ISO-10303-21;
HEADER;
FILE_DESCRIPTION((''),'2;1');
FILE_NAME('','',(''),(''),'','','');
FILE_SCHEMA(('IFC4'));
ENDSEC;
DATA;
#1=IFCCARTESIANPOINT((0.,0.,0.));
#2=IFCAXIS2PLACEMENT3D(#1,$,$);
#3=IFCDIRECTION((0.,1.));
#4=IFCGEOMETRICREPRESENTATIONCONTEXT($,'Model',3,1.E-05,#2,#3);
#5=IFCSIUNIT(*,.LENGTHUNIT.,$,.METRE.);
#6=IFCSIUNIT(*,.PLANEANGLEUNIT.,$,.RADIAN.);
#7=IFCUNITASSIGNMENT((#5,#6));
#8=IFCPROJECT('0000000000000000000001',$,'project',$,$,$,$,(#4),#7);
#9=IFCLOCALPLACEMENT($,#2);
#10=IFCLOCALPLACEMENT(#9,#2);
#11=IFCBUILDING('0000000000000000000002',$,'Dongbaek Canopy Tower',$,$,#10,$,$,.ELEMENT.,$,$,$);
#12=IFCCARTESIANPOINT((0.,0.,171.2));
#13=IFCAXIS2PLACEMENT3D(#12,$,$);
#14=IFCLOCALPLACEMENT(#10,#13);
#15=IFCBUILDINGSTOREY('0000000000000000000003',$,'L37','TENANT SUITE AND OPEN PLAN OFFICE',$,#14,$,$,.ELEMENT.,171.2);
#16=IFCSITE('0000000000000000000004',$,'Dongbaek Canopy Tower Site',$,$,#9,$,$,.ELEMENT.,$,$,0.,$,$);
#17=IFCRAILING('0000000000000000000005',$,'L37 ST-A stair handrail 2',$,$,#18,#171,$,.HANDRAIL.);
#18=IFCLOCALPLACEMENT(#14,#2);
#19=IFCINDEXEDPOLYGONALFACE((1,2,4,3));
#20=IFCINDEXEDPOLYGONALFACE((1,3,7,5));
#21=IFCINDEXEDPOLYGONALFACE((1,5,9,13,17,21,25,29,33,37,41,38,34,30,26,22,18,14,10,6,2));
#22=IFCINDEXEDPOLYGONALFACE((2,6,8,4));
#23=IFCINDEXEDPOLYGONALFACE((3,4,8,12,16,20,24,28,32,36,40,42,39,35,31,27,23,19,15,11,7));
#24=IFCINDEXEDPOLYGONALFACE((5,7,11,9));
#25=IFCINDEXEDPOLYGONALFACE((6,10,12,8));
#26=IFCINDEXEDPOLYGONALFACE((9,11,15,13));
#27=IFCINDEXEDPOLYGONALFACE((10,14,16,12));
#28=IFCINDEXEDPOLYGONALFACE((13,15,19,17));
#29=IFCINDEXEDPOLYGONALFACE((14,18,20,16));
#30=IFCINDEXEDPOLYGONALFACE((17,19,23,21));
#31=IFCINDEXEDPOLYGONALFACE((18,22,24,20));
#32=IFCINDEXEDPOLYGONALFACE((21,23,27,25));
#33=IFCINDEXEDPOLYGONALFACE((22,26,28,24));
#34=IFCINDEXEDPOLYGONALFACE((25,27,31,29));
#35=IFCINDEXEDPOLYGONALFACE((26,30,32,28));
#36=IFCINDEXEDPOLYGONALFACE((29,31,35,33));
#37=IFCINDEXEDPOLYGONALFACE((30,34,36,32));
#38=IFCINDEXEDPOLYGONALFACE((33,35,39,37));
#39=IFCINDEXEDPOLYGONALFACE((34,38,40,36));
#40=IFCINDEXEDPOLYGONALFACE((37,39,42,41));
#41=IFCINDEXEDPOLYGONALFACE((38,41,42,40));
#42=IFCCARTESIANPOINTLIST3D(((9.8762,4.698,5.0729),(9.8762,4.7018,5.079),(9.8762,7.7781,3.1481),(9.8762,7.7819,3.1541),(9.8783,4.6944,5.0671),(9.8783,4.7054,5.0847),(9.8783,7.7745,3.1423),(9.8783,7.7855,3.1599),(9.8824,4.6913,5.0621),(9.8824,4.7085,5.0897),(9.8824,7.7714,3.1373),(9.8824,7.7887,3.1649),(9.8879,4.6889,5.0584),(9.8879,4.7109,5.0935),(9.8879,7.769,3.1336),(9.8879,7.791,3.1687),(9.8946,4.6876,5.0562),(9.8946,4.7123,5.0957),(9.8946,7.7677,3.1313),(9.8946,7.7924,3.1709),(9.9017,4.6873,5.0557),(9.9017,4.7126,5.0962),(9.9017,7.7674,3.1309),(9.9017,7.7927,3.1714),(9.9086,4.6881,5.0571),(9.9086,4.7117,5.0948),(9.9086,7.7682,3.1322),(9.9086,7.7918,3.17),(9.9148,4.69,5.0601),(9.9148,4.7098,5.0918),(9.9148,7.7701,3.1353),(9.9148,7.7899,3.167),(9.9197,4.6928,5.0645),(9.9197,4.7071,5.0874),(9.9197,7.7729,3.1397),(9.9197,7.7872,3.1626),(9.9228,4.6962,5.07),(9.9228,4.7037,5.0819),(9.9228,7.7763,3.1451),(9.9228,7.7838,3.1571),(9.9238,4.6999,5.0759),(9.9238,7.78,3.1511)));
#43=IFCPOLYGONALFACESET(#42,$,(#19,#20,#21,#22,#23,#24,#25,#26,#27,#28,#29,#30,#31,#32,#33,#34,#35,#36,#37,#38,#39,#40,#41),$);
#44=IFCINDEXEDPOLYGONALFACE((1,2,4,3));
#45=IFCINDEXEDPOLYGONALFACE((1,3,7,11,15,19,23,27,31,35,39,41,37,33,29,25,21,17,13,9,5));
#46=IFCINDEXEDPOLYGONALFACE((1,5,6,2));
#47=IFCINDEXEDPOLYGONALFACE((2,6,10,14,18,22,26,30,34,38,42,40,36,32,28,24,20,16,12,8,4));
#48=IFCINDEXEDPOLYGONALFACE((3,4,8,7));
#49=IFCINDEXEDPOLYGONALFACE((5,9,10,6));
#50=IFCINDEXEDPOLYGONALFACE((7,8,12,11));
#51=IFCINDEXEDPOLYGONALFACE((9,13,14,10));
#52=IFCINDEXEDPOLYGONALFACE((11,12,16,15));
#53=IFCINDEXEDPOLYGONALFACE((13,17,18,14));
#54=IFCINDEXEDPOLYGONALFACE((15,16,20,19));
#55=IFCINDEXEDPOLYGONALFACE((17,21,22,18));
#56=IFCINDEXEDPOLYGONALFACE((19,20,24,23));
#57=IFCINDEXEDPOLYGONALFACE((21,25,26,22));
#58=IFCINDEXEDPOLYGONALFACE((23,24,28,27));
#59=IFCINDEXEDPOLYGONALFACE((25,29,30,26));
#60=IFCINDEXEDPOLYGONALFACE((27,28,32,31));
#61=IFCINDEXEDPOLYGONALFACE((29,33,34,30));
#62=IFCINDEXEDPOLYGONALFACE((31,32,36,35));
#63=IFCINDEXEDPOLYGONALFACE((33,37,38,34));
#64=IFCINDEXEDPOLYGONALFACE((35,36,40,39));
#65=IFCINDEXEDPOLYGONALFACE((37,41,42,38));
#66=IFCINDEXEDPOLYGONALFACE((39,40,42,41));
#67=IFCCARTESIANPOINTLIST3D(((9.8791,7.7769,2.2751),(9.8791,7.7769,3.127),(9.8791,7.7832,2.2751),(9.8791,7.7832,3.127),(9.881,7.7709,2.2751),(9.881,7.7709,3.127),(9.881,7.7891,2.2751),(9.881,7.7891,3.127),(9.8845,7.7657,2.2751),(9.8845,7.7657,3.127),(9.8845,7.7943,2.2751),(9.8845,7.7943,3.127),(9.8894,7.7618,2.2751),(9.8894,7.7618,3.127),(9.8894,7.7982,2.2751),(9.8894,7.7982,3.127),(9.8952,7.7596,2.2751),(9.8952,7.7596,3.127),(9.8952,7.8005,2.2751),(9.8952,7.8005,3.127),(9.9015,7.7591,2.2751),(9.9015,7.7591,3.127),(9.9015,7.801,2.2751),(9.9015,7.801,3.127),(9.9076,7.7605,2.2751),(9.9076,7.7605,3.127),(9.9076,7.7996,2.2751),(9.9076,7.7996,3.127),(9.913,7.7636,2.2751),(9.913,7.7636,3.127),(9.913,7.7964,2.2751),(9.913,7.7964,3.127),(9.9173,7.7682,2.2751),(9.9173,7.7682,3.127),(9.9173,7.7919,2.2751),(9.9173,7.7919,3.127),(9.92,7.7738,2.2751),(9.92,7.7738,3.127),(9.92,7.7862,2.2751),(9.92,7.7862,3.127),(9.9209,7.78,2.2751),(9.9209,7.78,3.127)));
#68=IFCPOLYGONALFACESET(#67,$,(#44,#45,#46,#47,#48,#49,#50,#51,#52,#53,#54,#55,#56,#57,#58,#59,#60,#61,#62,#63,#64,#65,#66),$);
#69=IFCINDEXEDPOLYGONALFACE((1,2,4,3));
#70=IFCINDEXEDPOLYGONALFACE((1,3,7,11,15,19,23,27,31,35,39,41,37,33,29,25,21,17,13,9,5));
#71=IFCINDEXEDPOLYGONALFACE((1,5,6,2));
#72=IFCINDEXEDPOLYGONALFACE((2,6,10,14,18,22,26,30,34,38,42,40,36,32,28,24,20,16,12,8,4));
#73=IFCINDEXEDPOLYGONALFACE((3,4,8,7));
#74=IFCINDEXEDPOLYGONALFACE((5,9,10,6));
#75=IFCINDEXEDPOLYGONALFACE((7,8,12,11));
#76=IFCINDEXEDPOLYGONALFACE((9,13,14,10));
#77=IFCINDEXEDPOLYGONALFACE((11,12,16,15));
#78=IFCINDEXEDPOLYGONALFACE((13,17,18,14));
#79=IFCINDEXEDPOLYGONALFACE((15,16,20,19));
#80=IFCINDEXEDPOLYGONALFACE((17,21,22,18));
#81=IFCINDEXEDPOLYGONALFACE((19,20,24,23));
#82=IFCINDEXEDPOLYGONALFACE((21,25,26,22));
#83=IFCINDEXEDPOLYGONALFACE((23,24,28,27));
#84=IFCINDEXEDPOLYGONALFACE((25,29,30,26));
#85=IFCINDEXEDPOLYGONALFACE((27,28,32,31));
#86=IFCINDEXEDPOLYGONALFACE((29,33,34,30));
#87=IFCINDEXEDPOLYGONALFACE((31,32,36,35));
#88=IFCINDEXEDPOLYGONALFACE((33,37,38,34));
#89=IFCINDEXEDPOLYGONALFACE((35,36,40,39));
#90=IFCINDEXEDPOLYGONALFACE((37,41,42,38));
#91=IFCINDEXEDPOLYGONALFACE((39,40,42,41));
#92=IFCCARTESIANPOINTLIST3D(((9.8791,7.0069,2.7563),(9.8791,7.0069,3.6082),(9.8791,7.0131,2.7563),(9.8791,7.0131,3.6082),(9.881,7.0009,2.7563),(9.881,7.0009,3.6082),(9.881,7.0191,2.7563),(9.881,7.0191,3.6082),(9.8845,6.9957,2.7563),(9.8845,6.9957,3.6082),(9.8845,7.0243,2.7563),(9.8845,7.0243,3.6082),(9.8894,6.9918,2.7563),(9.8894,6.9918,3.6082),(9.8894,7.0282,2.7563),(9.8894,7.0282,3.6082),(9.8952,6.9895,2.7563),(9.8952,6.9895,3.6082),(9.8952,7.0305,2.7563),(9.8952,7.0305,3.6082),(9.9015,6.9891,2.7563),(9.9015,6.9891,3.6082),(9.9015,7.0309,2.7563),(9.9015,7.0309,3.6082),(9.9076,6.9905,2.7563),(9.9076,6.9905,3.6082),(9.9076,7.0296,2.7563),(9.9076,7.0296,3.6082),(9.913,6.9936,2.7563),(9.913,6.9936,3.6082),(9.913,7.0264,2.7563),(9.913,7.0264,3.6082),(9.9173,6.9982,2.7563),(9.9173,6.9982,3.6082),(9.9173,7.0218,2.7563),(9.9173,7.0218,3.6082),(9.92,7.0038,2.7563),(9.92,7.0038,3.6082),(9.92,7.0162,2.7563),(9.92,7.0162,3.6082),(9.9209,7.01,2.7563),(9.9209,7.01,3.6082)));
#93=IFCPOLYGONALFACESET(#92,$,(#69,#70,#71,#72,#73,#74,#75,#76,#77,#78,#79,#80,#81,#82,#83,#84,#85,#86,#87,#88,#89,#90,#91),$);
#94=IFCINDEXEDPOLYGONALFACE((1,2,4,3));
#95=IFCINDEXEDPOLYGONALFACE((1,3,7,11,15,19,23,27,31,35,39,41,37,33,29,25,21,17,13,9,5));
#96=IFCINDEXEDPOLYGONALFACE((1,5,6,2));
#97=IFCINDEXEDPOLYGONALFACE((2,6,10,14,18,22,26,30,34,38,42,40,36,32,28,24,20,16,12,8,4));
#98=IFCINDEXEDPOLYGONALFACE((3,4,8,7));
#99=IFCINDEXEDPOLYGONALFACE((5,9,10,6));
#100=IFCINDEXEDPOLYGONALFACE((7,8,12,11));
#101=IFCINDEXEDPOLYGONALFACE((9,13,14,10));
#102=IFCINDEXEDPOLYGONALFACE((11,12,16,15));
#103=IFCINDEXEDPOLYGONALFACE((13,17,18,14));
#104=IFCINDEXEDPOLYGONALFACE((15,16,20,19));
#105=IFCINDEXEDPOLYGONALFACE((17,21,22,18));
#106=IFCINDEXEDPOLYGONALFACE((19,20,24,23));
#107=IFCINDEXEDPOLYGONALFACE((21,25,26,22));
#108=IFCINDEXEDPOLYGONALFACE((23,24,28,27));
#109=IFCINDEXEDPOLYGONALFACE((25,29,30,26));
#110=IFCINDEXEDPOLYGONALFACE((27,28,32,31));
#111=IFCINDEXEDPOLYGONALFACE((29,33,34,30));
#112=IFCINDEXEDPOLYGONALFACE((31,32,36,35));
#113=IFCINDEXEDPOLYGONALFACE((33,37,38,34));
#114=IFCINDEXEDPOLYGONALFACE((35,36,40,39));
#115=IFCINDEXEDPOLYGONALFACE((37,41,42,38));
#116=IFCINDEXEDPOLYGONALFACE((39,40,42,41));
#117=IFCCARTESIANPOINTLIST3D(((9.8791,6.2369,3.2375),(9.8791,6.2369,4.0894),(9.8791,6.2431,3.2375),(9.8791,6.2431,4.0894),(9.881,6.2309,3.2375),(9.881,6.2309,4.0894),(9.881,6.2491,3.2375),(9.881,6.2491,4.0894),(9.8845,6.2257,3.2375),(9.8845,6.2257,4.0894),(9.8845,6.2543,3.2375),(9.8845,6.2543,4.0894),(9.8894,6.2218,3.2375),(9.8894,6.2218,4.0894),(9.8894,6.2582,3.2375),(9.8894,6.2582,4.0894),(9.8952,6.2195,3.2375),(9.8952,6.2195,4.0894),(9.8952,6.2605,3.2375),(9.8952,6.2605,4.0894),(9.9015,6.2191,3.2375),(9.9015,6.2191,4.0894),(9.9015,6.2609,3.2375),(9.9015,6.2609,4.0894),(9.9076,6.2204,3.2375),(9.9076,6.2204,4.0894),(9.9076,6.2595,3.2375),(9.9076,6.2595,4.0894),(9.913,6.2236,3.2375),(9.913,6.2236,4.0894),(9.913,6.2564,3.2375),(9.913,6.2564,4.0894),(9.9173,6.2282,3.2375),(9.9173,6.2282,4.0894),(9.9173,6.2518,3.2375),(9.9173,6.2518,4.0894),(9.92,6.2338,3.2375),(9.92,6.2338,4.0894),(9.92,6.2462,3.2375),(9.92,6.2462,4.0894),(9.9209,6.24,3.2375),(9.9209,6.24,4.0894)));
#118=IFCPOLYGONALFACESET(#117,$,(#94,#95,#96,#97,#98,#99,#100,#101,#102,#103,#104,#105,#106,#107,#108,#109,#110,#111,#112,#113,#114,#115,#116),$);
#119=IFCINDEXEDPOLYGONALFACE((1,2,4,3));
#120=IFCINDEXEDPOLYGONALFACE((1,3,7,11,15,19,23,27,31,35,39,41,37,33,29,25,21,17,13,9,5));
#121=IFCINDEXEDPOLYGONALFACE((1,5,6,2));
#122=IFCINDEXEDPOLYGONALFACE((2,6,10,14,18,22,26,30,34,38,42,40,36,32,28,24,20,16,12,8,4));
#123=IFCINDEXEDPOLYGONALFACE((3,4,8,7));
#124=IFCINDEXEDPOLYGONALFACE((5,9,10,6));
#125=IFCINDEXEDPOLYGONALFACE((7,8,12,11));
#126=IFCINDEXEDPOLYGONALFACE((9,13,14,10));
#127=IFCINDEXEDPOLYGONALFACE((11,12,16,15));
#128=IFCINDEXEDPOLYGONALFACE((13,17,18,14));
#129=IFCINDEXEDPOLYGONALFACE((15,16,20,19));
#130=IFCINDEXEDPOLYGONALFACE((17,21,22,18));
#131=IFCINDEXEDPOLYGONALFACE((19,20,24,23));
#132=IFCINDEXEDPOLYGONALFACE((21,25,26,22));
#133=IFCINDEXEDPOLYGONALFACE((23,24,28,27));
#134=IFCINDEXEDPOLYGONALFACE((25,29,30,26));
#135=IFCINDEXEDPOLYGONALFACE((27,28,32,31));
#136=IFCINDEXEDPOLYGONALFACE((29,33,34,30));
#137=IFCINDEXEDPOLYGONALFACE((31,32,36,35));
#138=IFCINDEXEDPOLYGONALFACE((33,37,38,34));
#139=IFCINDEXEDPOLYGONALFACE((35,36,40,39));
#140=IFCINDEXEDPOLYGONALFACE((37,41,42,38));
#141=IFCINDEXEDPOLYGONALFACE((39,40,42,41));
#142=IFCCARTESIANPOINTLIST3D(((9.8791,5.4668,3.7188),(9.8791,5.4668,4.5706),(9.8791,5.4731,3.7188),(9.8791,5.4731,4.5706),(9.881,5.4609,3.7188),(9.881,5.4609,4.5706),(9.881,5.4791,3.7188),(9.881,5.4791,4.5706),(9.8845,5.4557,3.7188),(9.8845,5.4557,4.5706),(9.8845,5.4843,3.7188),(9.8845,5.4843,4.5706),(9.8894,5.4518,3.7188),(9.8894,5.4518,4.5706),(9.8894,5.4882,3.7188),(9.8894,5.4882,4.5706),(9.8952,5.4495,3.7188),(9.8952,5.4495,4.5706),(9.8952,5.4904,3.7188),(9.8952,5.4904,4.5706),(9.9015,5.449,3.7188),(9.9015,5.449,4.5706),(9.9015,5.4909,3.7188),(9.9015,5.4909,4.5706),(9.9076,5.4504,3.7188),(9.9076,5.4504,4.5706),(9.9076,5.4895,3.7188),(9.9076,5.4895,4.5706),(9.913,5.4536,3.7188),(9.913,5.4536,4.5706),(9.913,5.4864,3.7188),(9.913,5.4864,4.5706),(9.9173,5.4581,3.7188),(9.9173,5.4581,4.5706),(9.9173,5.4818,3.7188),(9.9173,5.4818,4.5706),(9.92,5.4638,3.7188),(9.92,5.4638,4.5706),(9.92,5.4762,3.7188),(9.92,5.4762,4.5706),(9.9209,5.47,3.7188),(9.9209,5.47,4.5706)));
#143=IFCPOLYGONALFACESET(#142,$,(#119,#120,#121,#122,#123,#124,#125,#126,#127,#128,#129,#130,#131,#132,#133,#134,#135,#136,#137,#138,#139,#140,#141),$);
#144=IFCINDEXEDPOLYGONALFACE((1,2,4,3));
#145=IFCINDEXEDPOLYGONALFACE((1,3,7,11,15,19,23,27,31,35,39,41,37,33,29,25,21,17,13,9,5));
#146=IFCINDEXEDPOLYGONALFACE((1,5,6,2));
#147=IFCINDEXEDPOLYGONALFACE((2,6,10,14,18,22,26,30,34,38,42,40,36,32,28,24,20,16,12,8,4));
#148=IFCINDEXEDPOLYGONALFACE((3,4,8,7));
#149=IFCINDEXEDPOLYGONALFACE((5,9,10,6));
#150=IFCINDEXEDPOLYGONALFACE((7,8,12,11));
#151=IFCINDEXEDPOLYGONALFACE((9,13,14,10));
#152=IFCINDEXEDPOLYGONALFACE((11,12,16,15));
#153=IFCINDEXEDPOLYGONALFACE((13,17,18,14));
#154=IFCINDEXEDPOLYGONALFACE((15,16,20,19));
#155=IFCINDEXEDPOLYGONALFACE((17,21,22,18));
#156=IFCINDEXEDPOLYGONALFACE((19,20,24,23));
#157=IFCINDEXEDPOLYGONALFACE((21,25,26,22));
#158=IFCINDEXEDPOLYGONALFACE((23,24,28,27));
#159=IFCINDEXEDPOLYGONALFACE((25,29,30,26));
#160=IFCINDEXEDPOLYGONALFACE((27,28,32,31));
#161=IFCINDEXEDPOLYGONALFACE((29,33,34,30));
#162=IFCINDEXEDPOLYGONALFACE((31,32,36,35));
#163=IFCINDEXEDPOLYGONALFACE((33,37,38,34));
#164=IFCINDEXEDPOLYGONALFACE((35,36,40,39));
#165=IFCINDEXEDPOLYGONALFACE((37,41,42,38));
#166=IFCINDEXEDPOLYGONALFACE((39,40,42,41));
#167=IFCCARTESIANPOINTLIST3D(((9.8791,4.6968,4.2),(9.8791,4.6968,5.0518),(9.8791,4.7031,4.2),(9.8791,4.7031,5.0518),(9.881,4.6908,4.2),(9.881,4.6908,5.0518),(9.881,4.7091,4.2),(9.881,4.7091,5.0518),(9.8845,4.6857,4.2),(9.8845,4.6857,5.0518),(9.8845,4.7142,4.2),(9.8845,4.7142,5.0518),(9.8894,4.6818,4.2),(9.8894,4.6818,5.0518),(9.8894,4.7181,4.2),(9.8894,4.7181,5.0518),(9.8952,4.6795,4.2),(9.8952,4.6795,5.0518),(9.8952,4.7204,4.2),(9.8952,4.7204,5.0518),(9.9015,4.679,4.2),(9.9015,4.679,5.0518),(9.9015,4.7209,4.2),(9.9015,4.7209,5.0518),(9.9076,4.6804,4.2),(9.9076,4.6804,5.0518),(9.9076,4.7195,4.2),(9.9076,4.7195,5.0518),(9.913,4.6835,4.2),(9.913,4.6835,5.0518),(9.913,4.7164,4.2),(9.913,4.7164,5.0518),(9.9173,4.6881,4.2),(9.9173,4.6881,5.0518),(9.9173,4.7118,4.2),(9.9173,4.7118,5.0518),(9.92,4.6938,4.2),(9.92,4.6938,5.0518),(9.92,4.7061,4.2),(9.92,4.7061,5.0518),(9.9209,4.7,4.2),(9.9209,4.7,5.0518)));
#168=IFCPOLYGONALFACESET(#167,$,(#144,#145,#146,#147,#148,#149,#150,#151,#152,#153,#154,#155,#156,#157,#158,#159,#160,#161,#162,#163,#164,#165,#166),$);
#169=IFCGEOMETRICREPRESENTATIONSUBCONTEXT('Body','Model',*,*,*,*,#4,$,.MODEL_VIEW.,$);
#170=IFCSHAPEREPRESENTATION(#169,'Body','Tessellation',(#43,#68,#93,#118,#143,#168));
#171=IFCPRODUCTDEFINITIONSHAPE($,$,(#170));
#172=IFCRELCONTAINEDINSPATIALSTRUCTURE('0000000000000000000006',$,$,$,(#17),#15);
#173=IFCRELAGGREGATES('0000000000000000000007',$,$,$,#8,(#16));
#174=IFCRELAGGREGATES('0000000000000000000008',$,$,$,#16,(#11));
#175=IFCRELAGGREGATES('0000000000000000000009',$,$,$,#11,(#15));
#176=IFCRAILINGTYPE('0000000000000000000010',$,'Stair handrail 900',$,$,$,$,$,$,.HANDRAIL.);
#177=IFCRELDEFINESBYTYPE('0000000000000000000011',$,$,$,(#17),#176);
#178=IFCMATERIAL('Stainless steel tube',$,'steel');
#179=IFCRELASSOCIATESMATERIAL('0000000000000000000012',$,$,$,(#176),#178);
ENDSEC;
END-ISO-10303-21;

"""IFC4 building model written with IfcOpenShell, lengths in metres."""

from ifc_helpers import new_model, si_unit, direction, frame, origin, origin_2d, place, context, subcontext, project, spatial, circle, extrude, material, type_object, element, save


model = new_model("IFC4")

# Units and contexts
model_context = context("Model", 3, precision=1e-05, world=origin(), true_north=direction((0.0, 1.0)))
body_context = subcontext(model_context, "Body", "Model", "MODEL_VIEW")
ifc_project = project(units=[si_unit("LENGTHUNIT", "METRE"), si_unit("PLANEANGLEUNIT", "RADIAN")], contexts=[model_context])

# Site, building, storey
site_placement = place(None, origin())
site = spatial("IfcSite", under=ifc_project, at=site_placement, Name="Dongbaek Canopy Tower Site", CompositionType="ELEMENT", RefElevation=0.0)
building_placement = place(site_placement, origin())
building = spatial("IfcBuilding", under=site, at=building_placement, Name="Dongbaek Canopy Tower", CompositionType="ELEMENT")
storey_placement = place(building_placement, frame((0.0, 0.0, 171.2)))
storey = spatial("IfcBuildingStorey", under=building, at=storey_placement, Name="L37", Description="TENANT SUITE AND OPEN PLAN OFFICE", CompositionType="ELEMENT", Elevation=171.2)

# Railing
ifc_material_1 = material(Name="Stainless steel tube", Category="steel")
railing_type_1 = type_object("IfcRailingType", Name="Stair handrail 900", PredefinedType="HANDRAIL", material=ifc_material_1)
railing_1_placement = place(storey_placement, frame((9.8999, 7.78, 2.2751)))
element("IfcRailing", 1, at=railing_1_placement, inside=storey, type_object=railing_type_1, Name="L37 ST-A stair handrail 2", PredefinedType="HANDRAIL", context=body_context, shape_type="SweptSolid", body=[
    extrude(circle(Radius=0.0239, at=origin_2d()), frame((0.0, 0.0, 0.876), z_axis=(0.0, -0.848029, 0.529951), x_axis=(1.0, 0.0, 0.0)), (0.0, 0.0, 1.0), 3.6321),
    extrude(circle(Radius=0.021, at=origin_2d()), origin(), (0.0, 0.0, 1.0), 0.8518),
    extrude(circle(Radius=0.021, at=origin_2d()), frame((0.0, -0.77, 0.4812)), (0.0, 0.0, 1.0), 0.8518),
    extrude(circle(Radius=0.021, at=origin_2d()), frame((0.0, -1.54, 0.9624)), (0.0, 0.0, 1.0), 0.8518),
    extrude(circle(Radius=0.021, at=origin_2d()), frame((0.0, -2.3101, 1.4436)), (0.0, 0.0, 1.0), 0.8518),
    extrude(circle(Radius=0.021, at=origin_2d()), frame((0.0, -3.0801, 1.9248)), (0.0, 0.0, 1.0), 0.8518),
])

save(model, "model.ifc")
